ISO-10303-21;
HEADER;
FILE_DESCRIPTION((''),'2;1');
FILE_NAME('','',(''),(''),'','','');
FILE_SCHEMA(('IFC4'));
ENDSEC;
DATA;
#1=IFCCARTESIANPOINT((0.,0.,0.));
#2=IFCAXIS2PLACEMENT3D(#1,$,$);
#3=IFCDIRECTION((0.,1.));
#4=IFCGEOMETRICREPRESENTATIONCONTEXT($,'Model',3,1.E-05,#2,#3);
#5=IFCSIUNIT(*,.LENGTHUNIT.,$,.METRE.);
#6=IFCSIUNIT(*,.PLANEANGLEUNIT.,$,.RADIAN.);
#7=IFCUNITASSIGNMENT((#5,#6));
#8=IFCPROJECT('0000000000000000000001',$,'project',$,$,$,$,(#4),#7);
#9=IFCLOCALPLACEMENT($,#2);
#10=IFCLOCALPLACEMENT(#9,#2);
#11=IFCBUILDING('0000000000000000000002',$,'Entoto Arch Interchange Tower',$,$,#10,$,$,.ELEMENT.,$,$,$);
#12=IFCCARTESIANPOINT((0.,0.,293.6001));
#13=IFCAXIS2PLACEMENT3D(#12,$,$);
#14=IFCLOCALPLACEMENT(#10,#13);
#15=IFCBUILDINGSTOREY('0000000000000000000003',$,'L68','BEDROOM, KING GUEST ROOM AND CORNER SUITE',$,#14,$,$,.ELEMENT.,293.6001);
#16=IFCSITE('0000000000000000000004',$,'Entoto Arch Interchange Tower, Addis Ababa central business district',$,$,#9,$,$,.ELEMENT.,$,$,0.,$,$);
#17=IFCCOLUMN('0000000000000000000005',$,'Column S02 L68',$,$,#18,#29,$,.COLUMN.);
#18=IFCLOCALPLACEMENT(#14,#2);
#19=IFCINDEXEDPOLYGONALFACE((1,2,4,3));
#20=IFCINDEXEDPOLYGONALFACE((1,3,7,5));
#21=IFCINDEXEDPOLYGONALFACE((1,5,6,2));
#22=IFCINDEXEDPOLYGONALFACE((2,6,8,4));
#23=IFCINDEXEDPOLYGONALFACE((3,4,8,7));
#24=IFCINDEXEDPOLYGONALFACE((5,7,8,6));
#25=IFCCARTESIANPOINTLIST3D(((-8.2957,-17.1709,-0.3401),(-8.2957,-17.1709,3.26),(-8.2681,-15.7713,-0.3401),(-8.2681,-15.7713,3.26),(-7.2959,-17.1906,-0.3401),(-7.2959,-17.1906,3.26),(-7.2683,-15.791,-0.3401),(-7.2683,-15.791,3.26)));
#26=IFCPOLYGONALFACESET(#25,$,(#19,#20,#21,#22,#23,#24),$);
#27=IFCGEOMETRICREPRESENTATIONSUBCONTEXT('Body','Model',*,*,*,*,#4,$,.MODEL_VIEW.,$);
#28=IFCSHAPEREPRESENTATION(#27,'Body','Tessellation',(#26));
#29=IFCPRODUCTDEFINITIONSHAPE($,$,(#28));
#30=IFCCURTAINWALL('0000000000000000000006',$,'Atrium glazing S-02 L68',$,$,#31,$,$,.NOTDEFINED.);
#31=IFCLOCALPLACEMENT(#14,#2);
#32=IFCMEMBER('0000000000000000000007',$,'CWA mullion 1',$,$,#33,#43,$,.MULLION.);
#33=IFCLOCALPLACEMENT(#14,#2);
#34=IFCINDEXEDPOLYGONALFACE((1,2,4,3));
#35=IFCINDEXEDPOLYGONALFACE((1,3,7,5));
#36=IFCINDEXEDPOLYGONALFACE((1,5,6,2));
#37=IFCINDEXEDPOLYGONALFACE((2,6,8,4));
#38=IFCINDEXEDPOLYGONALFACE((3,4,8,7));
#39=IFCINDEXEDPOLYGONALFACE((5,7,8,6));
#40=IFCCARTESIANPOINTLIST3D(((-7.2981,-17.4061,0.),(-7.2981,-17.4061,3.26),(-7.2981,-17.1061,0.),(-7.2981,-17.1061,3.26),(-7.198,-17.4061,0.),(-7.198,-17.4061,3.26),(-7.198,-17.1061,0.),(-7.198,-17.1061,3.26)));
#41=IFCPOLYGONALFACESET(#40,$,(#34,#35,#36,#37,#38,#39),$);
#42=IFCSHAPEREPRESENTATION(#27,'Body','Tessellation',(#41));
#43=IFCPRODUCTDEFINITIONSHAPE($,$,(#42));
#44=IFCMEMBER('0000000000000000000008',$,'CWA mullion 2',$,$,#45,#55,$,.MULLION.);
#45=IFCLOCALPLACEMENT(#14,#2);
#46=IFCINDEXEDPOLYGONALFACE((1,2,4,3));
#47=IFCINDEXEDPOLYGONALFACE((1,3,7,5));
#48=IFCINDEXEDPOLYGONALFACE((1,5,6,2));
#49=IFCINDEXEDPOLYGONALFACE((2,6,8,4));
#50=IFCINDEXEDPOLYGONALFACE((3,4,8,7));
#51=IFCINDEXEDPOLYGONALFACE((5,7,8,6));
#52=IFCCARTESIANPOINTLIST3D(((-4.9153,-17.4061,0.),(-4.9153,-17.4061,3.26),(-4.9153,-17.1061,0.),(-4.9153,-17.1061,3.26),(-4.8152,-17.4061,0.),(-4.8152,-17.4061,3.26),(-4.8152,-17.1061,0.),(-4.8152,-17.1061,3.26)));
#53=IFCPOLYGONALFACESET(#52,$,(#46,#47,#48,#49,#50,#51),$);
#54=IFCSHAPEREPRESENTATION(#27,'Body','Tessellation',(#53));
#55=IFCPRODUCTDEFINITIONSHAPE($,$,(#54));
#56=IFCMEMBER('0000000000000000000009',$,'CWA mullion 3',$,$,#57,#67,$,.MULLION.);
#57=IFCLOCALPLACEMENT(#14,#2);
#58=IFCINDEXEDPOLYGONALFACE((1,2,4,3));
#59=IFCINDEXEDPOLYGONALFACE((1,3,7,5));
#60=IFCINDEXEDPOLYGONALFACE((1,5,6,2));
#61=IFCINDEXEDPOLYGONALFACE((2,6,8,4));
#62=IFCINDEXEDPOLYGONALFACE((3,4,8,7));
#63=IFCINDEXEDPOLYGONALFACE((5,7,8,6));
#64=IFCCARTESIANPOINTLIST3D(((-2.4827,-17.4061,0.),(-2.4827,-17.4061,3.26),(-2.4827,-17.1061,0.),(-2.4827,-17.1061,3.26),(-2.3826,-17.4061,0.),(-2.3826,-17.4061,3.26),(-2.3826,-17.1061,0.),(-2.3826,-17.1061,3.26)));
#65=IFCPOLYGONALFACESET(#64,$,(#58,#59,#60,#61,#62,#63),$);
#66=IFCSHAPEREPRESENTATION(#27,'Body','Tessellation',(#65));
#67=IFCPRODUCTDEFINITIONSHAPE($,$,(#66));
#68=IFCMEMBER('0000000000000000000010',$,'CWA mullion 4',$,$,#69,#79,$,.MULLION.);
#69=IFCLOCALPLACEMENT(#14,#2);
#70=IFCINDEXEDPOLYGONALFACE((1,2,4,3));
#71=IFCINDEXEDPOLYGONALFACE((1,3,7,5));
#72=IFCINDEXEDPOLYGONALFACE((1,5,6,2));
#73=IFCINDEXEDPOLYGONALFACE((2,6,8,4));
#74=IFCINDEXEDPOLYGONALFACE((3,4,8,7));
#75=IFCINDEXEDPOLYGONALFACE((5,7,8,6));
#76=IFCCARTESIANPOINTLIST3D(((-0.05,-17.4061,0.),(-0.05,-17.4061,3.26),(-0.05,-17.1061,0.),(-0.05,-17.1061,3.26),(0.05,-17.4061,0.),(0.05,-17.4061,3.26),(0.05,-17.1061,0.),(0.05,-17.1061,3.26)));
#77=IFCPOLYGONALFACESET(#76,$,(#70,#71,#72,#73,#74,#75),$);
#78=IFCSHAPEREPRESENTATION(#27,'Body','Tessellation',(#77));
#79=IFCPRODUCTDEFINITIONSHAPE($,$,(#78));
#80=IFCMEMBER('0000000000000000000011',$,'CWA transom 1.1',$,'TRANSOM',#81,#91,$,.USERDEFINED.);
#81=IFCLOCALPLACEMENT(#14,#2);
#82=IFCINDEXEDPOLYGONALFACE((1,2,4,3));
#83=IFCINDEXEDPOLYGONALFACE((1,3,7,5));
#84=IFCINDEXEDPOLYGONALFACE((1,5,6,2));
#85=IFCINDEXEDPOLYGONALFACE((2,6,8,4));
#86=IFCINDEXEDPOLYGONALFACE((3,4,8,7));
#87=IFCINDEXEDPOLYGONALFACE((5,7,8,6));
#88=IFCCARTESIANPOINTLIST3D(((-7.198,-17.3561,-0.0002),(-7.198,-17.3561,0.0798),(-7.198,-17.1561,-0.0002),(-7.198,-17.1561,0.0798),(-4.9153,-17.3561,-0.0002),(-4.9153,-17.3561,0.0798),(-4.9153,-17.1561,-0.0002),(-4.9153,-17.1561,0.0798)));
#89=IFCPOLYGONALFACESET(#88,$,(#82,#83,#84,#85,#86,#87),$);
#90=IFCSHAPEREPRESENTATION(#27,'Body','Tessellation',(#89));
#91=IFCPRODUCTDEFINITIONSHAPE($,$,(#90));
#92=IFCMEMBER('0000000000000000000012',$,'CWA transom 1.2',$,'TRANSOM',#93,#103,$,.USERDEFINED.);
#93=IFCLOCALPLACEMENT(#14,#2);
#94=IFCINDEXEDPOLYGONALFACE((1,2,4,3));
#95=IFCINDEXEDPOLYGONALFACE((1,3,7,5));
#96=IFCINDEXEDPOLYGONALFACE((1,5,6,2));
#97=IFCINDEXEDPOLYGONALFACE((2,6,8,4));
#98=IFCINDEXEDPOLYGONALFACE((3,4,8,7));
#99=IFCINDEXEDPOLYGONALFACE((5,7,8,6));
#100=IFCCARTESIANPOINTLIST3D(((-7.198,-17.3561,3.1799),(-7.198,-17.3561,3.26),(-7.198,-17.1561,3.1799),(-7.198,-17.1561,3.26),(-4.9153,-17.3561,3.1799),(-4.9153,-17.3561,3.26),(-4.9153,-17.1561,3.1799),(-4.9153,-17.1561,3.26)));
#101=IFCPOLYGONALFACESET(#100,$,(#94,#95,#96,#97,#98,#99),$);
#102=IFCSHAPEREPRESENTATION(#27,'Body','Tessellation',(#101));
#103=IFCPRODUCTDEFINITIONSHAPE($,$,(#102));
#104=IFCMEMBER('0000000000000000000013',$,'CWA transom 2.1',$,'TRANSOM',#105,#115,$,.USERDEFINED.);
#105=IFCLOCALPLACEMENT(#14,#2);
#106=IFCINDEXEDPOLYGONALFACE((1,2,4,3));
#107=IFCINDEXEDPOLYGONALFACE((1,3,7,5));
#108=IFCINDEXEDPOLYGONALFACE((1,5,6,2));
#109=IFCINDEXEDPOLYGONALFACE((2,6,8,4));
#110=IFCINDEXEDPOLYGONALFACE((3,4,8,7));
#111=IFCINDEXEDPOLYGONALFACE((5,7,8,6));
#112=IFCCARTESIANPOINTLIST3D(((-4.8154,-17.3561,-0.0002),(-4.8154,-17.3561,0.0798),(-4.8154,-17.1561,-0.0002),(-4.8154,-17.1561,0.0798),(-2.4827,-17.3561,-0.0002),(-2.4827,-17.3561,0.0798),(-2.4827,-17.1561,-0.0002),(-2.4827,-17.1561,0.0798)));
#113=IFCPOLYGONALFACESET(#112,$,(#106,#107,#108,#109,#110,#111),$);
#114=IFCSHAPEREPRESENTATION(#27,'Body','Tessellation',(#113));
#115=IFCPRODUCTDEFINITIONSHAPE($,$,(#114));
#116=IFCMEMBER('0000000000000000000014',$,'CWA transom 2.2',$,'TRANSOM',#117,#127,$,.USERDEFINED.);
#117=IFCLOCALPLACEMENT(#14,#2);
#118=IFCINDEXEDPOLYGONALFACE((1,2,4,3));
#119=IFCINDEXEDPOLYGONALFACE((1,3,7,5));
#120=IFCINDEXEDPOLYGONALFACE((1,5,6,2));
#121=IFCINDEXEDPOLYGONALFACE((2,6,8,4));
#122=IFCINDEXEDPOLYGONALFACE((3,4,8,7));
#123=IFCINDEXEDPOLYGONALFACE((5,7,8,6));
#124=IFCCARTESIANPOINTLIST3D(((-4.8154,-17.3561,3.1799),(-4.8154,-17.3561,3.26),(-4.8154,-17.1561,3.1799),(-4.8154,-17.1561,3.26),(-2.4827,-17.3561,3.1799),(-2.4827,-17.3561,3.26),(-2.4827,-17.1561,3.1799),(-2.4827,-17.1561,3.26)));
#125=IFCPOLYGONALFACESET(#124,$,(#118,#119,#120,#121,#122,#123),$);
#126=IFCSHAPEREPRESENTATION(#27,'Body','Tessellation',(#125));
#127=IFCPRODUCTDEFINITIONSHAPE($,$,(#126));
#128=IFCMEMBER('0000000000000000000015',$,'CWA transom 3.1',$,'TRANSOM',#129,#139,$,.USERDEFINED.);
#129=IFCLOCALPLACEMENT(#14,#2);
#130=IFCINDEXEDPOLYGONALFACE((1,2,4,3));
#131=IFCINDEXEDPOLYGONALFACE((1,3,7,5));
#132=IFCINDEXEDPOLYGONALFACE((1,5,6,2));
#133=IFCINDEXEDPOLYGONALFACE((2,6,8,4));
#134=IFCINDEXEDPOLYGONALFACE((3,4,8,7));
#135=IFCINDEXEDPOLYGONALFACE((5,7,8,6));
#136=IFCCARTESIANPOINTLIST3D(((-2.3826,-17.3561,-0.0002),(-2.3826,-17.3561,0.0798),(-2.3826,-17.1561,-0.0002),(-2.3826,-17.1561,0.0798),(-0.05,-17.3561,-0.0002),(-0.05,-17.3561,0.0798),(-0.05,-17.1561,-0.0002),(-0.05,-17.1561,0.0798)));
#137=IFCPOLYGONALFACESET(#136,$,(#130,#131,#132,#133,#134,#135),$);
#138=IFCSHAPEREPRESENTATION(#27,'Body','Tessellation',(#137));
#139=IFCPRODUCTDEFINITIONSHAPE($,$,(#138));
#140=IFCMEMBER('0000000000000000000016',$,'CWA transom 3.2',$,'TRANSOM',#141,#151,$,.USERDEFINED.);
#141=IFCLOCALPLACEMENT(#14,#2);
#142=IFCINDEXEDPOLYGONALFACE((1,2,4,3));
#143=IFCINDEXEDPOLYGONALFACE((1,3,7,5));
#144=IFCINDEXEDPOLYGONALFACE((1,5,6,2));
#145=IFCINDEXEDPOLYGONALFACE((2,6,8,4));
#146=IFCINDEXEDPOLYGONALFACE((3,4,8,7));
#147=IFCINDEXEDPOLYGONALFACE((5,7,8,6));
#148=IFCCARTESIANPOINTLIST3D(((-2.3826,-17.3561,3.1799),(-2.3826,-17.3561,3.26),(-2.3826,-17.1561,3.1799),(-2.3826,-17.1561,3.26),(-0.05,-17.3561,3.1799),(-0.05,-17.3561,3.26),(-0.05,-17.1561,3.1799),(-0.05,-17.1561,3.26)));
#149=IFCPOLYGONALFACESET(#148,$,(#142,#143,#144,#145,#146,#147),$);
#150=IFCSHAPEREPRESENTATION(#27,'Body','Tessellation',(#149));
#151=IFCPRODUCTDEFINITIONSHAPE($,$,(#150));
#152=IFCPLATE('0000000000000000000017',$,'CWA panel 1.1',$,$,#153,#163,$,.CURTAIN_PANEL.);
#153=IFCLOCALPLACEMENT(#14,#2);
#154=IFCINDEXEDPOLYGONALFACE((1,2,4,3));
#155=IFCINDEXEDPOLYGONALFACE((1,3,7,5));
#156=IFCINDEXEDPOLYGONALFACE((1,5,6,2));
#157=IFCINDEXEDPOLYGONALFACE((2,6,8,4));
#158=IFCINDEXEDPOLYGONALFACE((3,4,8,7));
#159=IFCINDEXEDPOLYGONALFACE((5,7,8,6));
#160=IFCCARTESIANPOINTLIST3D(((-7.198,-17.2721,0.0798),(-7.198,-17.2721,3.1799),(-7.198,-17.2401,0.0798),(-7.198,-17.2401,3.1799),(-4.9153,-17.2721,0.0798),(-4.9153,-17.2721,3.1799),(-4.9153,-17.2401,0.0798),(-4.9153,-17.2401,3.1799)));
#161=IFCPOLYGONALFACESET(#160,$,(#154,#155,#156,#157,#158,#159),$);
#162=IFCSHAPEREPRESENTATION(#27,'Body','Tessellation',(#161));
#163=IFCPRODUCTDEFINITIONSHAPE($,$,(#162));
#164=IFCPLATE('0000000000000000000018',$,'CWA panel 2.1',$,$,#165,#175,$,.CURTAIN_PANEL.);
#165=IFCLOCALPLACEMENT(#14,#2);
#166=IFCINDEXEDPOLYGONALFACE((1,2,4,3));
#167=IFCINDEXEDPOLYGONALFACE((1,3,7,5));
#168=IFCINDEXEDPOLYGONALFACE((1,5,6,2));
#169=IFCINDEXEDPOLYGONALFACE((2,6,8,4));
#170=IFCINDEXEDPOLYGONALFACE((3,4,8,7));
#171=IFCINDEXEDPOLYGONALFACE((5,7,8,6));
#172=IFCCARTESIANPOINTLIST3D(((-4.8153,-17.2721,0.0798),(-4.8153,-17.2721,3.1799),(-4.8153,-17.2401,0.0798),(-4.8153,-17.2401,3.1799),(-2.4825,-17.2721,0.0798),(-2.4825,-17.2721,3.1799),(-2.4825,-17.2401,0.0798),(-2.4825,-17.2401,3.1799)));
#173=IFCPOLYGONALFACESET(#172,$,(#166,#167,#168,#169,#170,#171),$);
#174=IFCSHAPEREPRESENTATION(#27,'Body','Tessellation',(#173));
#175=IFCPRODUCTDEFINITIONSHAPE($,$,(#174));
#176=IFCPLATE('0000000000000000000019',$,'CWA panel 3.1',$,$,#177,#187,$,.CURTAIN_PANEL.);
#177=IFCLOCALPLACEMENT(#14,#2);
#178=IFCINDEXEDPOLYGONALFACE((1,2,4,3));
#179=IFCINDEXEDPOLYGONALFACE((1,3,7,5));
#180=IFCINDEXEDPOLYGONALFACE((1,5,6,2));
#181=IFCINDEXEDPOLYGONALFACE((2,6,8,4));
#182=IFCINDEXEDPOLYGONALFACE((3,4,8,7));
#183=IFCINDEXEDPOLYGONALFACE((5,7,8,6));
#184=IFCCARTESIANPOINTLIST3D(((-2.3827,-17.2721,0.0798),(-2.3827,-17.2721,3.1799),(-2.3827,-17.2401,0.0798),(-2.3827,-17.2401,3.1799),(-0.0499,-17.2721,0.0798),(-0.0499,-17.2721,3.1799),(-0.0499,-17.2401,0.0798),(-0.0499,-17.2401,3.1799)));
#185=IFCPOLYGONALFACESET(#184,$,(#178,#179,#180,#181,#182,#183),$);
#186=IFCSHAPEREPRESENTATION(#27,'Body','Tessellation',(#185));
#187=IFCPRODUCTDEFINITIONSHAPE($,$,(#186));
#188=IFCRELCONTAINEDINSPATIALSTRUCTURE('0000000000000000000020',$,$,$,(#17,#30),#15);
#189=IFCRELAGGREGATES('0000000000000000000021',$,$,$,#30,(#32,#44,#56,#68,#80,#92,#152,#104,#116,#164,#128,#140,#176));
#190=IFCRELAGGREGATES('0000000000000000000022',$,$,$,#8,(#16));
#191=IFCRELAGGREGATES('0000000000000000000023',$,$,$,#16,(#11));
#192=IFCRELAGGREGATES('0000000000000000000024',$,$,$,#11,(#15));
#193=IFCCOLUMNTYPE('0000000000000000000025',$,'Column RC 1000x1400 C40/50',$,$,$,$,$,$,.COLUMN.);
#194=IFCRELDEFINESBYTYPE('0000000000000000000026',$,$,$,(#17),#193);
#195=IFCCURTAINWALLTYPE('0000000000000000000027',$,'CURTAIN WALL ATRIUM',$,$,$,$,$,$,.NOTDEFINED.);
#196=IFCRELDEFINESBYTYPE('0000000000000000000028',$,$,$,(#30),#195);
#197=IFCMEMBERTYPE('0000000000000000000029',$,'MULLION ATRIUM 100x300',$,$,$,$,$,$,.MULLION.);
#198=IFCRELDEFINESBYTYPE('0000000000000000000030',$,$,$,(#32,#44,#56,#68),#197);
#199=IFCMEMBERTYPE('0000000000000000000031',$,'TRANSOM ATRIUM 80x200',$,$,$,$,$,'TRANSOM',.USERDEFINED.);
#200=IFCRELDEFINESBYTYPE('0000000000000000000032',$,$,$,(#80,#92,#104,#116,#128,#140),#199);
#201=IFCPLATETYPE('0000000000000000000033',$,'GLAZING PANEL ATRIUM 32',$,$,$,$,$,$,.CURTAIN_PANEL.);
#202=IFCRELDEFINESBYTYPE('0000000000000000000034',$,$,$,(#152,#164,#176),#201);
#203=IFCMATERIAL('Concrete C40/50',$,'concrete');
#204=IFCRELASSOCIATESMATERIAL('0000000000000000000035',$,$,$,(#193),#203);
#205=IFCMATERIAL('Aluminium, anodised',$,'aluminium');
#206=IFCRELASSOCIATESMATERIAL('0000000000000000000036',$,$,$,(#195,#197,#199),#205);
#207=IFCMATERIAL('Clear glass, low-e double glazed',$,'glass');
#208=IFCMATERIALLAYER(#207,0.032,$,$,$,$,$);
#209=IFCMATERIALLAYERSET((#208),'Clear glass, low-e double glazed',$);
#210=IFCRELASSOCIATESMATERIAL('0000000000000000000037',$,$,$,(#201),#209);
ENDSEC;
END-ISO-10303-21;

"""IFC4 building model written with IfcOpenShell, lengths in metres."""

from ifc_helpers import new_model, si_unit, direction, frame, origin, origin_2d, place, context, subcontext, project, spatial, rectangle, extrude, material, layer, layer_set, material_profile, profile_set, type_object, element, aggregate, save


model = new_model("IFC4")

# Units and contexts
model_context = context("Model", 3, precision=1e-05, world=origin(), true_north=direction((0.0, 1.0)))
body_context = subcontext(model_context, "Body", "Model", "MODEL_VIEW")
ifc_project = project(units=[si_unit("LENGTHUNIT", "METRE"), si_unit("PLANEANGLEUNIT", "RADIAN")], contexts=[model_context])

# Site, building, storey
site_placement = place(None, origin())
site = spatial("IfcSite", under=ifc_project, at=site_placement, Name="Entoto Arch Interchange Tower, Addis Ababa central business district", CompositionType="ELEMENT", RefElevation=0.0)
building_placement = place(site_placement, origin())
building = spatial("IfcBuilding", under=site, at=building_placement, Name="Entoto Arch Interchange Tower", CompositionType="ELEMENT")
storey_placement = place(building_placement, frame((0.0, 0.0, 293.6001)))
storey = spatial("IfcBuildingStorey", under=building, at=storey_placement, Name="L68", Description="BEDROOM, KING GUEST ROOM AND CORNER SUITE", CompositionType="ELEMENT", Elevation=293.6001)

# Column
ifc_material_1 = material(Name="Concrete C40/50", Category="concrete")
ifc_material_profile_1 = material_profile(ifc_material_1, rectangle(XDim=1.0, YDim=1.3999, at=origin_2d()))
ifc_profile_set_1 = profile_set([ifc_material_profile_1], Name="Concrete C40/50")
column_type = type_object("IfcColumnType", Name="Column RC 1000x1400 C40/50", PredefinedType="COLUMN", material=ifc_profile_set_1)
column_placement = place(storey_placement, frame((-7.782, -16.481, -0.3401), z_axis=(0.0, 0.0, 1.0), x_axis=(-0.999806, 0.019721, 0.0)))
element("IfcColumn", 1, at=column_placement, inside=storey, type_object=column_type, Name="Column S02 L68", PredefinedType="COLUMN", context=body_context, shape_type="SweptSolid", body=[
    extrude(rectangle(XDim=1.0, YDim=1.3999, at=origin_2d()), origin(), (0.0, 0.0, 1.0), 3.6001),
])

# Curtain wall, members, plates
ifc_material_2 = material(Name="Aluminium, anodised", Category="aluminium")
curtain_wall_type = type_object("IfcCurtainWallType", Name="CURTAIN WALL ATRIUM", PredefinedType="NOTDEFINED", material=ifc_material_2)
curtain_wall_placement = place(storey_placement, origin())
curtain_wall = element("IfcCurtainWall", 2, at=curtain_wall_placement, inside=storey, type_object=curtain_wall_type, Name="Atrium glazing S-02 L68", PredefinedType="NOTDEFINED")
ifc_material_profile_2 = material_profile(ifc_material_2, rectangle(XDim=0.3, YDim=0.1001, at=origin_2d()))
ifc_profile_set_2 = profile_set([ifc_material_profile_2], Name="Aluminium, anodised")
member_type_1 = type_object("IfcMemberType", Name="MULLION ATRIUM 100x300", PredefinedType="MULLION", material=ifc_profile_set_2)
member_1_placement = place(storey_placement, frame((-7.248, -17.2561, 0.0), z_axis=(0.0, 0.0, 1.0), x_axis=(0.0, 1.0, 0.0)))
member_1 = element("IfcMember", 3, at=member_1_placement, type_object=member_type_1, Name="CWA mullion 1", PredefinedType="MULLION", context=body_context, shape_type="SweptSolid", body=[
    extrude(rectangle(XDim=0.3, YDim=0.1001, at=origin_2d()), origin(), (0.0, 0.0, 1.0), 3.26),
])
member_2_placement = place(storey_placement, frame((-4.8652, -17.2561, 0.0), z_axis=(0.0, 0.0, 1.0), x_axis=(0.0, 1.0, 0.0)))
member_2 = element("IfcMember", 4, at=member_2_placement, type_object=member_type_1, Name="CWA mullion 2", PredefinedType="MULLION", context=body_context, shape_type="SweptSolid", body=[
    extrude(rectangle(XDim=0.3, YDim=0.1001, at=origin_2d()), origin(), (0.0, 0.0, 1.0), 3.26),
])
member_3_placement = place(storey_placement, frame((-2.4326, -17.2561, 0.0), z_axis=(0.0, 0.0, 1.0), x_axis=(0.0, 1.0, 0.0)))
member_3 = element("IfcMember", 5, at=member_3_placement, type_object=member_type_1, Name="CWA mullion 3", PredefinedType="MULLION", context=body_context, shape_type="SweptSolid", body=[
    extrude(rectangle(XDim=0.3, YDim=0.1001, at=origin_2d()), origin(), (0.0, 0.0, 1.0), 3.26),
])
member_4_placement = place(storey_placement, frame((0.0, -17.2561, 0.0), z_axis=(0.0, 0.0, 1.0), x_axis=(0.0, 1.0, 0.0)))
member_4 = element("IfcMember", 6, at=member_4_placement, type_object=member_type_1, Name="CWA mullion 4", PredefinedType="MULLION", context=body_context, shape_type="SweptSolid", body=[
    extrude(rectangle(XDim=0.3, YDim=0.1001, at=origin_2d()), origin(), (0.0, 0.0, 1.0), 3.26),
])
ifc_material_profile_3 = material_profile(ifc_material_2, rectangle(XDim=0.2, YDim=0.0801, at=origin_2d()))
ifc_profile_set_3 = profile_set([ifc_material_profile_3], Name="Aluminium, anodised")
member_type_2 = type_object("IfcMemberType", Name="TRANSOM ATRIUM 80x200", ElementType="TRANSOM", PredefinedType="USERDEFINED", material=ifc_profile_set_3)
member_5_placement = place(storey_placement, frame((-7.198, -17.2561, 0.0398), z_axis=(1.0, 0.0, 0.0), x_axis=(0.0, 1.0, 0.0)))
member_5 = element("IfcMember", 7, at=member_5_placement, type_object=member_type_2, Name="CWA transom 1.1", ObjectType="TRANSOM", PredefinedType="USERDEFINED", context=body_context, shape_type="SweptSolid", body=[
    extrude(rectangle(XDim=0.2, YDim=0.0801, at=origin_2d()), origin(), (0.0, 0.0, 1.0), 2.2827),
])
member_6_placement = place(storey_placement, frame((-7.198, -17.2561, 3.22), z_axis=(1.0, 0.0, 0.0), x_axis=(0.0, 1.0, 0.0)))
member_6 = element("IfcMember", 8, at=member_6_placement, type_object=member_type_2, Name="CWA transom 1.2", ObjectType="TRANSOM", PredefinedType="USERDEFINED", context=body_context, shape_type="SweptSolid", body=[
    extrude(rectangle(XDim=0.2, YDim=0.0801, at=origin_2d()), origin(), (0.0, 0.0, 1.0), 2.2827),
])
member_7_placement = place(storey_placement, frame((-4.8154, -17.2561, 0.0398), z_axis=(1.0, 0.0, 0.0), x_axis=(0.0, 1.0, 0.0)))
member_7 = element("IfcMember", 9, at=member_7_placement, type_object=member_type_2, Name="CWA transom 2.1", ObjectType="TRANSOM", PredefinedType="USERDEFINED", context=body_context, shape_type="SweptSolid", body=[
    extrude(rectangle(XDim=0.2, YDim=0.0801, at=origin_2d()), origin(), (0.0, 0.0, 1.0), 2.3328),
])
member_8_placement = place(storey_placement, frame((-4.8154, -17.2561, 3.22), z_axis=(1.0, 0.0, 0.0), x_axis=(0.0, 1.0, 0.0)))
member_8 = element("IfcMember", 10, at=member_8_placement, type_object=member_type_2, Name="CWA transom 2.2", ObjectType="TRANSOM", PredefinedType="USERDEFINED", context=body_context, shape_type="SweptSolid", body=[
    extrude(rectangle(XDim=0.2, YDim=0.0801, at=origin_2d()), origin(), (0.0, 0.0, 1.0), 2.3328),
])
member_9_placement = place(storey_placement, frame((-2.3826, -17.2561, 0.0398), z_axis=(1.0, 0.0, 0.0), x_axis=(0.0, 1.0, 0.0)))
member_9 = element("IfcMember", 11, at=member_9_placement, type_object=member_type_2, Name="CWA transom 3.1", ObjectType="TRANSOM", PredefinedType="USERDEFINED", context=body_context, shape_type="SweptSolid", body=[
    extrude(rectangle(XDim=0.2, YDim=0.0801, at=origin_2d()), origin(), (0.0, 0.0, 1.0), 2.3325),
])
member_10_placement = place(storey_placement, frame((-2.3826, -17.2561, 3.22), z_axis=(1.0, 0.0, 0.0), x_axis=(0.0, 1.0, 0.0)))
member_10 = element("IfcMember", 12, at=member_10_placement, type_object=member_type_2, Name="CWA transom 3.2", ObjectType="TRANSOM", PredefinedType="USERDEFINED", context=body_context, shape_type="SweptSolid", body=[
    extrude(rectangle(XDim=0.2, YDim=0.0801, at=origin_2d()), origin(), (0.0, 0.0, 1.0), 2.3325),
])
ifc_material_3 = material(Name="Clear glass, low-e double glazed", Category="glass")
ifc_layer_1 = layer(ifc_material_3, 0.032)
ifc_layer_set_1 = layer_set([ifc_layer_1], Name="Clear glass, low-e double glazed")
plate_type = type_object("IfcPlateType", Name="GLAZING PANEL ATRIUM 32", PredefinedType="CURTAIN_PANEL", material=ifc_layer_set_1)
plate_1_placement = place(storey_placement, frame((-6.0566, -17.2561, 0.0798), z_axis=(0.0, 0.0, 1.0), x_axis=(1.0, 0.0, 0.0)))
plate_1 = element("IfcPlate", 13, at=plate_1_placement, type_object=plate_type, Name="CWA panel 1.1", PredefinedType="CURTAIN_PANEL", context=body_context, shape_type="SweptSolid", body=[
    extrude(rectangle(XDim=2.2827, YDim=0.032, at=origin_2d()), origin(), (0.0, 0.0, 1.0), 3.1001),
])
plate_2_placement = place(storey_placement, frame((-3.6489, -17.2561, 0.0798), z_axis=(0.0, 0.0, 1.0), x_axis=(1.0, 0.0, 0.0)))
plate_2 = element("IfcPlate", 14, at=plate_2_placement, type_object=plate_type, Name="CWA panel 2.1", PredefinedType="CURTAIN_PANEL", context=body_context, shape_type="SweptSolid", body=[
    extrude(rectangle(XDim=2.3328, YDim=0.032, at=origin_2d()), origin(), (0.0, 0.0, 1.0), 3.1001),
])
plate_3_placement = place(storey_placement, frame((-1.2163, -17.2561, 0.0798), z_axis=(0.0, 0.0, 1.0), x_axis=(1.0, 0.0, 0.0)))
plate_3 = element("IfcPlate", 15, at=plate_3_placement, type_object=plate_type, Name="CWA panel 3.1", PredefinedType="CURTAIN_PANEL", context=body_context, shape_type="SweptSolid", body=[
    extrude(rectangle(XDim=2.3328, YDim=0.032, at=origin_2d()), origin(), (0.0, 0.0, 1.0), 3.1001),
])
aggregate(curtain_wall, [member_1, member_2, member_3, member_4, member_5, member_6, plate_1, member_7, member_8, plate_2, member_9, member_10, plate_3])

save(model, "model.ifc")
